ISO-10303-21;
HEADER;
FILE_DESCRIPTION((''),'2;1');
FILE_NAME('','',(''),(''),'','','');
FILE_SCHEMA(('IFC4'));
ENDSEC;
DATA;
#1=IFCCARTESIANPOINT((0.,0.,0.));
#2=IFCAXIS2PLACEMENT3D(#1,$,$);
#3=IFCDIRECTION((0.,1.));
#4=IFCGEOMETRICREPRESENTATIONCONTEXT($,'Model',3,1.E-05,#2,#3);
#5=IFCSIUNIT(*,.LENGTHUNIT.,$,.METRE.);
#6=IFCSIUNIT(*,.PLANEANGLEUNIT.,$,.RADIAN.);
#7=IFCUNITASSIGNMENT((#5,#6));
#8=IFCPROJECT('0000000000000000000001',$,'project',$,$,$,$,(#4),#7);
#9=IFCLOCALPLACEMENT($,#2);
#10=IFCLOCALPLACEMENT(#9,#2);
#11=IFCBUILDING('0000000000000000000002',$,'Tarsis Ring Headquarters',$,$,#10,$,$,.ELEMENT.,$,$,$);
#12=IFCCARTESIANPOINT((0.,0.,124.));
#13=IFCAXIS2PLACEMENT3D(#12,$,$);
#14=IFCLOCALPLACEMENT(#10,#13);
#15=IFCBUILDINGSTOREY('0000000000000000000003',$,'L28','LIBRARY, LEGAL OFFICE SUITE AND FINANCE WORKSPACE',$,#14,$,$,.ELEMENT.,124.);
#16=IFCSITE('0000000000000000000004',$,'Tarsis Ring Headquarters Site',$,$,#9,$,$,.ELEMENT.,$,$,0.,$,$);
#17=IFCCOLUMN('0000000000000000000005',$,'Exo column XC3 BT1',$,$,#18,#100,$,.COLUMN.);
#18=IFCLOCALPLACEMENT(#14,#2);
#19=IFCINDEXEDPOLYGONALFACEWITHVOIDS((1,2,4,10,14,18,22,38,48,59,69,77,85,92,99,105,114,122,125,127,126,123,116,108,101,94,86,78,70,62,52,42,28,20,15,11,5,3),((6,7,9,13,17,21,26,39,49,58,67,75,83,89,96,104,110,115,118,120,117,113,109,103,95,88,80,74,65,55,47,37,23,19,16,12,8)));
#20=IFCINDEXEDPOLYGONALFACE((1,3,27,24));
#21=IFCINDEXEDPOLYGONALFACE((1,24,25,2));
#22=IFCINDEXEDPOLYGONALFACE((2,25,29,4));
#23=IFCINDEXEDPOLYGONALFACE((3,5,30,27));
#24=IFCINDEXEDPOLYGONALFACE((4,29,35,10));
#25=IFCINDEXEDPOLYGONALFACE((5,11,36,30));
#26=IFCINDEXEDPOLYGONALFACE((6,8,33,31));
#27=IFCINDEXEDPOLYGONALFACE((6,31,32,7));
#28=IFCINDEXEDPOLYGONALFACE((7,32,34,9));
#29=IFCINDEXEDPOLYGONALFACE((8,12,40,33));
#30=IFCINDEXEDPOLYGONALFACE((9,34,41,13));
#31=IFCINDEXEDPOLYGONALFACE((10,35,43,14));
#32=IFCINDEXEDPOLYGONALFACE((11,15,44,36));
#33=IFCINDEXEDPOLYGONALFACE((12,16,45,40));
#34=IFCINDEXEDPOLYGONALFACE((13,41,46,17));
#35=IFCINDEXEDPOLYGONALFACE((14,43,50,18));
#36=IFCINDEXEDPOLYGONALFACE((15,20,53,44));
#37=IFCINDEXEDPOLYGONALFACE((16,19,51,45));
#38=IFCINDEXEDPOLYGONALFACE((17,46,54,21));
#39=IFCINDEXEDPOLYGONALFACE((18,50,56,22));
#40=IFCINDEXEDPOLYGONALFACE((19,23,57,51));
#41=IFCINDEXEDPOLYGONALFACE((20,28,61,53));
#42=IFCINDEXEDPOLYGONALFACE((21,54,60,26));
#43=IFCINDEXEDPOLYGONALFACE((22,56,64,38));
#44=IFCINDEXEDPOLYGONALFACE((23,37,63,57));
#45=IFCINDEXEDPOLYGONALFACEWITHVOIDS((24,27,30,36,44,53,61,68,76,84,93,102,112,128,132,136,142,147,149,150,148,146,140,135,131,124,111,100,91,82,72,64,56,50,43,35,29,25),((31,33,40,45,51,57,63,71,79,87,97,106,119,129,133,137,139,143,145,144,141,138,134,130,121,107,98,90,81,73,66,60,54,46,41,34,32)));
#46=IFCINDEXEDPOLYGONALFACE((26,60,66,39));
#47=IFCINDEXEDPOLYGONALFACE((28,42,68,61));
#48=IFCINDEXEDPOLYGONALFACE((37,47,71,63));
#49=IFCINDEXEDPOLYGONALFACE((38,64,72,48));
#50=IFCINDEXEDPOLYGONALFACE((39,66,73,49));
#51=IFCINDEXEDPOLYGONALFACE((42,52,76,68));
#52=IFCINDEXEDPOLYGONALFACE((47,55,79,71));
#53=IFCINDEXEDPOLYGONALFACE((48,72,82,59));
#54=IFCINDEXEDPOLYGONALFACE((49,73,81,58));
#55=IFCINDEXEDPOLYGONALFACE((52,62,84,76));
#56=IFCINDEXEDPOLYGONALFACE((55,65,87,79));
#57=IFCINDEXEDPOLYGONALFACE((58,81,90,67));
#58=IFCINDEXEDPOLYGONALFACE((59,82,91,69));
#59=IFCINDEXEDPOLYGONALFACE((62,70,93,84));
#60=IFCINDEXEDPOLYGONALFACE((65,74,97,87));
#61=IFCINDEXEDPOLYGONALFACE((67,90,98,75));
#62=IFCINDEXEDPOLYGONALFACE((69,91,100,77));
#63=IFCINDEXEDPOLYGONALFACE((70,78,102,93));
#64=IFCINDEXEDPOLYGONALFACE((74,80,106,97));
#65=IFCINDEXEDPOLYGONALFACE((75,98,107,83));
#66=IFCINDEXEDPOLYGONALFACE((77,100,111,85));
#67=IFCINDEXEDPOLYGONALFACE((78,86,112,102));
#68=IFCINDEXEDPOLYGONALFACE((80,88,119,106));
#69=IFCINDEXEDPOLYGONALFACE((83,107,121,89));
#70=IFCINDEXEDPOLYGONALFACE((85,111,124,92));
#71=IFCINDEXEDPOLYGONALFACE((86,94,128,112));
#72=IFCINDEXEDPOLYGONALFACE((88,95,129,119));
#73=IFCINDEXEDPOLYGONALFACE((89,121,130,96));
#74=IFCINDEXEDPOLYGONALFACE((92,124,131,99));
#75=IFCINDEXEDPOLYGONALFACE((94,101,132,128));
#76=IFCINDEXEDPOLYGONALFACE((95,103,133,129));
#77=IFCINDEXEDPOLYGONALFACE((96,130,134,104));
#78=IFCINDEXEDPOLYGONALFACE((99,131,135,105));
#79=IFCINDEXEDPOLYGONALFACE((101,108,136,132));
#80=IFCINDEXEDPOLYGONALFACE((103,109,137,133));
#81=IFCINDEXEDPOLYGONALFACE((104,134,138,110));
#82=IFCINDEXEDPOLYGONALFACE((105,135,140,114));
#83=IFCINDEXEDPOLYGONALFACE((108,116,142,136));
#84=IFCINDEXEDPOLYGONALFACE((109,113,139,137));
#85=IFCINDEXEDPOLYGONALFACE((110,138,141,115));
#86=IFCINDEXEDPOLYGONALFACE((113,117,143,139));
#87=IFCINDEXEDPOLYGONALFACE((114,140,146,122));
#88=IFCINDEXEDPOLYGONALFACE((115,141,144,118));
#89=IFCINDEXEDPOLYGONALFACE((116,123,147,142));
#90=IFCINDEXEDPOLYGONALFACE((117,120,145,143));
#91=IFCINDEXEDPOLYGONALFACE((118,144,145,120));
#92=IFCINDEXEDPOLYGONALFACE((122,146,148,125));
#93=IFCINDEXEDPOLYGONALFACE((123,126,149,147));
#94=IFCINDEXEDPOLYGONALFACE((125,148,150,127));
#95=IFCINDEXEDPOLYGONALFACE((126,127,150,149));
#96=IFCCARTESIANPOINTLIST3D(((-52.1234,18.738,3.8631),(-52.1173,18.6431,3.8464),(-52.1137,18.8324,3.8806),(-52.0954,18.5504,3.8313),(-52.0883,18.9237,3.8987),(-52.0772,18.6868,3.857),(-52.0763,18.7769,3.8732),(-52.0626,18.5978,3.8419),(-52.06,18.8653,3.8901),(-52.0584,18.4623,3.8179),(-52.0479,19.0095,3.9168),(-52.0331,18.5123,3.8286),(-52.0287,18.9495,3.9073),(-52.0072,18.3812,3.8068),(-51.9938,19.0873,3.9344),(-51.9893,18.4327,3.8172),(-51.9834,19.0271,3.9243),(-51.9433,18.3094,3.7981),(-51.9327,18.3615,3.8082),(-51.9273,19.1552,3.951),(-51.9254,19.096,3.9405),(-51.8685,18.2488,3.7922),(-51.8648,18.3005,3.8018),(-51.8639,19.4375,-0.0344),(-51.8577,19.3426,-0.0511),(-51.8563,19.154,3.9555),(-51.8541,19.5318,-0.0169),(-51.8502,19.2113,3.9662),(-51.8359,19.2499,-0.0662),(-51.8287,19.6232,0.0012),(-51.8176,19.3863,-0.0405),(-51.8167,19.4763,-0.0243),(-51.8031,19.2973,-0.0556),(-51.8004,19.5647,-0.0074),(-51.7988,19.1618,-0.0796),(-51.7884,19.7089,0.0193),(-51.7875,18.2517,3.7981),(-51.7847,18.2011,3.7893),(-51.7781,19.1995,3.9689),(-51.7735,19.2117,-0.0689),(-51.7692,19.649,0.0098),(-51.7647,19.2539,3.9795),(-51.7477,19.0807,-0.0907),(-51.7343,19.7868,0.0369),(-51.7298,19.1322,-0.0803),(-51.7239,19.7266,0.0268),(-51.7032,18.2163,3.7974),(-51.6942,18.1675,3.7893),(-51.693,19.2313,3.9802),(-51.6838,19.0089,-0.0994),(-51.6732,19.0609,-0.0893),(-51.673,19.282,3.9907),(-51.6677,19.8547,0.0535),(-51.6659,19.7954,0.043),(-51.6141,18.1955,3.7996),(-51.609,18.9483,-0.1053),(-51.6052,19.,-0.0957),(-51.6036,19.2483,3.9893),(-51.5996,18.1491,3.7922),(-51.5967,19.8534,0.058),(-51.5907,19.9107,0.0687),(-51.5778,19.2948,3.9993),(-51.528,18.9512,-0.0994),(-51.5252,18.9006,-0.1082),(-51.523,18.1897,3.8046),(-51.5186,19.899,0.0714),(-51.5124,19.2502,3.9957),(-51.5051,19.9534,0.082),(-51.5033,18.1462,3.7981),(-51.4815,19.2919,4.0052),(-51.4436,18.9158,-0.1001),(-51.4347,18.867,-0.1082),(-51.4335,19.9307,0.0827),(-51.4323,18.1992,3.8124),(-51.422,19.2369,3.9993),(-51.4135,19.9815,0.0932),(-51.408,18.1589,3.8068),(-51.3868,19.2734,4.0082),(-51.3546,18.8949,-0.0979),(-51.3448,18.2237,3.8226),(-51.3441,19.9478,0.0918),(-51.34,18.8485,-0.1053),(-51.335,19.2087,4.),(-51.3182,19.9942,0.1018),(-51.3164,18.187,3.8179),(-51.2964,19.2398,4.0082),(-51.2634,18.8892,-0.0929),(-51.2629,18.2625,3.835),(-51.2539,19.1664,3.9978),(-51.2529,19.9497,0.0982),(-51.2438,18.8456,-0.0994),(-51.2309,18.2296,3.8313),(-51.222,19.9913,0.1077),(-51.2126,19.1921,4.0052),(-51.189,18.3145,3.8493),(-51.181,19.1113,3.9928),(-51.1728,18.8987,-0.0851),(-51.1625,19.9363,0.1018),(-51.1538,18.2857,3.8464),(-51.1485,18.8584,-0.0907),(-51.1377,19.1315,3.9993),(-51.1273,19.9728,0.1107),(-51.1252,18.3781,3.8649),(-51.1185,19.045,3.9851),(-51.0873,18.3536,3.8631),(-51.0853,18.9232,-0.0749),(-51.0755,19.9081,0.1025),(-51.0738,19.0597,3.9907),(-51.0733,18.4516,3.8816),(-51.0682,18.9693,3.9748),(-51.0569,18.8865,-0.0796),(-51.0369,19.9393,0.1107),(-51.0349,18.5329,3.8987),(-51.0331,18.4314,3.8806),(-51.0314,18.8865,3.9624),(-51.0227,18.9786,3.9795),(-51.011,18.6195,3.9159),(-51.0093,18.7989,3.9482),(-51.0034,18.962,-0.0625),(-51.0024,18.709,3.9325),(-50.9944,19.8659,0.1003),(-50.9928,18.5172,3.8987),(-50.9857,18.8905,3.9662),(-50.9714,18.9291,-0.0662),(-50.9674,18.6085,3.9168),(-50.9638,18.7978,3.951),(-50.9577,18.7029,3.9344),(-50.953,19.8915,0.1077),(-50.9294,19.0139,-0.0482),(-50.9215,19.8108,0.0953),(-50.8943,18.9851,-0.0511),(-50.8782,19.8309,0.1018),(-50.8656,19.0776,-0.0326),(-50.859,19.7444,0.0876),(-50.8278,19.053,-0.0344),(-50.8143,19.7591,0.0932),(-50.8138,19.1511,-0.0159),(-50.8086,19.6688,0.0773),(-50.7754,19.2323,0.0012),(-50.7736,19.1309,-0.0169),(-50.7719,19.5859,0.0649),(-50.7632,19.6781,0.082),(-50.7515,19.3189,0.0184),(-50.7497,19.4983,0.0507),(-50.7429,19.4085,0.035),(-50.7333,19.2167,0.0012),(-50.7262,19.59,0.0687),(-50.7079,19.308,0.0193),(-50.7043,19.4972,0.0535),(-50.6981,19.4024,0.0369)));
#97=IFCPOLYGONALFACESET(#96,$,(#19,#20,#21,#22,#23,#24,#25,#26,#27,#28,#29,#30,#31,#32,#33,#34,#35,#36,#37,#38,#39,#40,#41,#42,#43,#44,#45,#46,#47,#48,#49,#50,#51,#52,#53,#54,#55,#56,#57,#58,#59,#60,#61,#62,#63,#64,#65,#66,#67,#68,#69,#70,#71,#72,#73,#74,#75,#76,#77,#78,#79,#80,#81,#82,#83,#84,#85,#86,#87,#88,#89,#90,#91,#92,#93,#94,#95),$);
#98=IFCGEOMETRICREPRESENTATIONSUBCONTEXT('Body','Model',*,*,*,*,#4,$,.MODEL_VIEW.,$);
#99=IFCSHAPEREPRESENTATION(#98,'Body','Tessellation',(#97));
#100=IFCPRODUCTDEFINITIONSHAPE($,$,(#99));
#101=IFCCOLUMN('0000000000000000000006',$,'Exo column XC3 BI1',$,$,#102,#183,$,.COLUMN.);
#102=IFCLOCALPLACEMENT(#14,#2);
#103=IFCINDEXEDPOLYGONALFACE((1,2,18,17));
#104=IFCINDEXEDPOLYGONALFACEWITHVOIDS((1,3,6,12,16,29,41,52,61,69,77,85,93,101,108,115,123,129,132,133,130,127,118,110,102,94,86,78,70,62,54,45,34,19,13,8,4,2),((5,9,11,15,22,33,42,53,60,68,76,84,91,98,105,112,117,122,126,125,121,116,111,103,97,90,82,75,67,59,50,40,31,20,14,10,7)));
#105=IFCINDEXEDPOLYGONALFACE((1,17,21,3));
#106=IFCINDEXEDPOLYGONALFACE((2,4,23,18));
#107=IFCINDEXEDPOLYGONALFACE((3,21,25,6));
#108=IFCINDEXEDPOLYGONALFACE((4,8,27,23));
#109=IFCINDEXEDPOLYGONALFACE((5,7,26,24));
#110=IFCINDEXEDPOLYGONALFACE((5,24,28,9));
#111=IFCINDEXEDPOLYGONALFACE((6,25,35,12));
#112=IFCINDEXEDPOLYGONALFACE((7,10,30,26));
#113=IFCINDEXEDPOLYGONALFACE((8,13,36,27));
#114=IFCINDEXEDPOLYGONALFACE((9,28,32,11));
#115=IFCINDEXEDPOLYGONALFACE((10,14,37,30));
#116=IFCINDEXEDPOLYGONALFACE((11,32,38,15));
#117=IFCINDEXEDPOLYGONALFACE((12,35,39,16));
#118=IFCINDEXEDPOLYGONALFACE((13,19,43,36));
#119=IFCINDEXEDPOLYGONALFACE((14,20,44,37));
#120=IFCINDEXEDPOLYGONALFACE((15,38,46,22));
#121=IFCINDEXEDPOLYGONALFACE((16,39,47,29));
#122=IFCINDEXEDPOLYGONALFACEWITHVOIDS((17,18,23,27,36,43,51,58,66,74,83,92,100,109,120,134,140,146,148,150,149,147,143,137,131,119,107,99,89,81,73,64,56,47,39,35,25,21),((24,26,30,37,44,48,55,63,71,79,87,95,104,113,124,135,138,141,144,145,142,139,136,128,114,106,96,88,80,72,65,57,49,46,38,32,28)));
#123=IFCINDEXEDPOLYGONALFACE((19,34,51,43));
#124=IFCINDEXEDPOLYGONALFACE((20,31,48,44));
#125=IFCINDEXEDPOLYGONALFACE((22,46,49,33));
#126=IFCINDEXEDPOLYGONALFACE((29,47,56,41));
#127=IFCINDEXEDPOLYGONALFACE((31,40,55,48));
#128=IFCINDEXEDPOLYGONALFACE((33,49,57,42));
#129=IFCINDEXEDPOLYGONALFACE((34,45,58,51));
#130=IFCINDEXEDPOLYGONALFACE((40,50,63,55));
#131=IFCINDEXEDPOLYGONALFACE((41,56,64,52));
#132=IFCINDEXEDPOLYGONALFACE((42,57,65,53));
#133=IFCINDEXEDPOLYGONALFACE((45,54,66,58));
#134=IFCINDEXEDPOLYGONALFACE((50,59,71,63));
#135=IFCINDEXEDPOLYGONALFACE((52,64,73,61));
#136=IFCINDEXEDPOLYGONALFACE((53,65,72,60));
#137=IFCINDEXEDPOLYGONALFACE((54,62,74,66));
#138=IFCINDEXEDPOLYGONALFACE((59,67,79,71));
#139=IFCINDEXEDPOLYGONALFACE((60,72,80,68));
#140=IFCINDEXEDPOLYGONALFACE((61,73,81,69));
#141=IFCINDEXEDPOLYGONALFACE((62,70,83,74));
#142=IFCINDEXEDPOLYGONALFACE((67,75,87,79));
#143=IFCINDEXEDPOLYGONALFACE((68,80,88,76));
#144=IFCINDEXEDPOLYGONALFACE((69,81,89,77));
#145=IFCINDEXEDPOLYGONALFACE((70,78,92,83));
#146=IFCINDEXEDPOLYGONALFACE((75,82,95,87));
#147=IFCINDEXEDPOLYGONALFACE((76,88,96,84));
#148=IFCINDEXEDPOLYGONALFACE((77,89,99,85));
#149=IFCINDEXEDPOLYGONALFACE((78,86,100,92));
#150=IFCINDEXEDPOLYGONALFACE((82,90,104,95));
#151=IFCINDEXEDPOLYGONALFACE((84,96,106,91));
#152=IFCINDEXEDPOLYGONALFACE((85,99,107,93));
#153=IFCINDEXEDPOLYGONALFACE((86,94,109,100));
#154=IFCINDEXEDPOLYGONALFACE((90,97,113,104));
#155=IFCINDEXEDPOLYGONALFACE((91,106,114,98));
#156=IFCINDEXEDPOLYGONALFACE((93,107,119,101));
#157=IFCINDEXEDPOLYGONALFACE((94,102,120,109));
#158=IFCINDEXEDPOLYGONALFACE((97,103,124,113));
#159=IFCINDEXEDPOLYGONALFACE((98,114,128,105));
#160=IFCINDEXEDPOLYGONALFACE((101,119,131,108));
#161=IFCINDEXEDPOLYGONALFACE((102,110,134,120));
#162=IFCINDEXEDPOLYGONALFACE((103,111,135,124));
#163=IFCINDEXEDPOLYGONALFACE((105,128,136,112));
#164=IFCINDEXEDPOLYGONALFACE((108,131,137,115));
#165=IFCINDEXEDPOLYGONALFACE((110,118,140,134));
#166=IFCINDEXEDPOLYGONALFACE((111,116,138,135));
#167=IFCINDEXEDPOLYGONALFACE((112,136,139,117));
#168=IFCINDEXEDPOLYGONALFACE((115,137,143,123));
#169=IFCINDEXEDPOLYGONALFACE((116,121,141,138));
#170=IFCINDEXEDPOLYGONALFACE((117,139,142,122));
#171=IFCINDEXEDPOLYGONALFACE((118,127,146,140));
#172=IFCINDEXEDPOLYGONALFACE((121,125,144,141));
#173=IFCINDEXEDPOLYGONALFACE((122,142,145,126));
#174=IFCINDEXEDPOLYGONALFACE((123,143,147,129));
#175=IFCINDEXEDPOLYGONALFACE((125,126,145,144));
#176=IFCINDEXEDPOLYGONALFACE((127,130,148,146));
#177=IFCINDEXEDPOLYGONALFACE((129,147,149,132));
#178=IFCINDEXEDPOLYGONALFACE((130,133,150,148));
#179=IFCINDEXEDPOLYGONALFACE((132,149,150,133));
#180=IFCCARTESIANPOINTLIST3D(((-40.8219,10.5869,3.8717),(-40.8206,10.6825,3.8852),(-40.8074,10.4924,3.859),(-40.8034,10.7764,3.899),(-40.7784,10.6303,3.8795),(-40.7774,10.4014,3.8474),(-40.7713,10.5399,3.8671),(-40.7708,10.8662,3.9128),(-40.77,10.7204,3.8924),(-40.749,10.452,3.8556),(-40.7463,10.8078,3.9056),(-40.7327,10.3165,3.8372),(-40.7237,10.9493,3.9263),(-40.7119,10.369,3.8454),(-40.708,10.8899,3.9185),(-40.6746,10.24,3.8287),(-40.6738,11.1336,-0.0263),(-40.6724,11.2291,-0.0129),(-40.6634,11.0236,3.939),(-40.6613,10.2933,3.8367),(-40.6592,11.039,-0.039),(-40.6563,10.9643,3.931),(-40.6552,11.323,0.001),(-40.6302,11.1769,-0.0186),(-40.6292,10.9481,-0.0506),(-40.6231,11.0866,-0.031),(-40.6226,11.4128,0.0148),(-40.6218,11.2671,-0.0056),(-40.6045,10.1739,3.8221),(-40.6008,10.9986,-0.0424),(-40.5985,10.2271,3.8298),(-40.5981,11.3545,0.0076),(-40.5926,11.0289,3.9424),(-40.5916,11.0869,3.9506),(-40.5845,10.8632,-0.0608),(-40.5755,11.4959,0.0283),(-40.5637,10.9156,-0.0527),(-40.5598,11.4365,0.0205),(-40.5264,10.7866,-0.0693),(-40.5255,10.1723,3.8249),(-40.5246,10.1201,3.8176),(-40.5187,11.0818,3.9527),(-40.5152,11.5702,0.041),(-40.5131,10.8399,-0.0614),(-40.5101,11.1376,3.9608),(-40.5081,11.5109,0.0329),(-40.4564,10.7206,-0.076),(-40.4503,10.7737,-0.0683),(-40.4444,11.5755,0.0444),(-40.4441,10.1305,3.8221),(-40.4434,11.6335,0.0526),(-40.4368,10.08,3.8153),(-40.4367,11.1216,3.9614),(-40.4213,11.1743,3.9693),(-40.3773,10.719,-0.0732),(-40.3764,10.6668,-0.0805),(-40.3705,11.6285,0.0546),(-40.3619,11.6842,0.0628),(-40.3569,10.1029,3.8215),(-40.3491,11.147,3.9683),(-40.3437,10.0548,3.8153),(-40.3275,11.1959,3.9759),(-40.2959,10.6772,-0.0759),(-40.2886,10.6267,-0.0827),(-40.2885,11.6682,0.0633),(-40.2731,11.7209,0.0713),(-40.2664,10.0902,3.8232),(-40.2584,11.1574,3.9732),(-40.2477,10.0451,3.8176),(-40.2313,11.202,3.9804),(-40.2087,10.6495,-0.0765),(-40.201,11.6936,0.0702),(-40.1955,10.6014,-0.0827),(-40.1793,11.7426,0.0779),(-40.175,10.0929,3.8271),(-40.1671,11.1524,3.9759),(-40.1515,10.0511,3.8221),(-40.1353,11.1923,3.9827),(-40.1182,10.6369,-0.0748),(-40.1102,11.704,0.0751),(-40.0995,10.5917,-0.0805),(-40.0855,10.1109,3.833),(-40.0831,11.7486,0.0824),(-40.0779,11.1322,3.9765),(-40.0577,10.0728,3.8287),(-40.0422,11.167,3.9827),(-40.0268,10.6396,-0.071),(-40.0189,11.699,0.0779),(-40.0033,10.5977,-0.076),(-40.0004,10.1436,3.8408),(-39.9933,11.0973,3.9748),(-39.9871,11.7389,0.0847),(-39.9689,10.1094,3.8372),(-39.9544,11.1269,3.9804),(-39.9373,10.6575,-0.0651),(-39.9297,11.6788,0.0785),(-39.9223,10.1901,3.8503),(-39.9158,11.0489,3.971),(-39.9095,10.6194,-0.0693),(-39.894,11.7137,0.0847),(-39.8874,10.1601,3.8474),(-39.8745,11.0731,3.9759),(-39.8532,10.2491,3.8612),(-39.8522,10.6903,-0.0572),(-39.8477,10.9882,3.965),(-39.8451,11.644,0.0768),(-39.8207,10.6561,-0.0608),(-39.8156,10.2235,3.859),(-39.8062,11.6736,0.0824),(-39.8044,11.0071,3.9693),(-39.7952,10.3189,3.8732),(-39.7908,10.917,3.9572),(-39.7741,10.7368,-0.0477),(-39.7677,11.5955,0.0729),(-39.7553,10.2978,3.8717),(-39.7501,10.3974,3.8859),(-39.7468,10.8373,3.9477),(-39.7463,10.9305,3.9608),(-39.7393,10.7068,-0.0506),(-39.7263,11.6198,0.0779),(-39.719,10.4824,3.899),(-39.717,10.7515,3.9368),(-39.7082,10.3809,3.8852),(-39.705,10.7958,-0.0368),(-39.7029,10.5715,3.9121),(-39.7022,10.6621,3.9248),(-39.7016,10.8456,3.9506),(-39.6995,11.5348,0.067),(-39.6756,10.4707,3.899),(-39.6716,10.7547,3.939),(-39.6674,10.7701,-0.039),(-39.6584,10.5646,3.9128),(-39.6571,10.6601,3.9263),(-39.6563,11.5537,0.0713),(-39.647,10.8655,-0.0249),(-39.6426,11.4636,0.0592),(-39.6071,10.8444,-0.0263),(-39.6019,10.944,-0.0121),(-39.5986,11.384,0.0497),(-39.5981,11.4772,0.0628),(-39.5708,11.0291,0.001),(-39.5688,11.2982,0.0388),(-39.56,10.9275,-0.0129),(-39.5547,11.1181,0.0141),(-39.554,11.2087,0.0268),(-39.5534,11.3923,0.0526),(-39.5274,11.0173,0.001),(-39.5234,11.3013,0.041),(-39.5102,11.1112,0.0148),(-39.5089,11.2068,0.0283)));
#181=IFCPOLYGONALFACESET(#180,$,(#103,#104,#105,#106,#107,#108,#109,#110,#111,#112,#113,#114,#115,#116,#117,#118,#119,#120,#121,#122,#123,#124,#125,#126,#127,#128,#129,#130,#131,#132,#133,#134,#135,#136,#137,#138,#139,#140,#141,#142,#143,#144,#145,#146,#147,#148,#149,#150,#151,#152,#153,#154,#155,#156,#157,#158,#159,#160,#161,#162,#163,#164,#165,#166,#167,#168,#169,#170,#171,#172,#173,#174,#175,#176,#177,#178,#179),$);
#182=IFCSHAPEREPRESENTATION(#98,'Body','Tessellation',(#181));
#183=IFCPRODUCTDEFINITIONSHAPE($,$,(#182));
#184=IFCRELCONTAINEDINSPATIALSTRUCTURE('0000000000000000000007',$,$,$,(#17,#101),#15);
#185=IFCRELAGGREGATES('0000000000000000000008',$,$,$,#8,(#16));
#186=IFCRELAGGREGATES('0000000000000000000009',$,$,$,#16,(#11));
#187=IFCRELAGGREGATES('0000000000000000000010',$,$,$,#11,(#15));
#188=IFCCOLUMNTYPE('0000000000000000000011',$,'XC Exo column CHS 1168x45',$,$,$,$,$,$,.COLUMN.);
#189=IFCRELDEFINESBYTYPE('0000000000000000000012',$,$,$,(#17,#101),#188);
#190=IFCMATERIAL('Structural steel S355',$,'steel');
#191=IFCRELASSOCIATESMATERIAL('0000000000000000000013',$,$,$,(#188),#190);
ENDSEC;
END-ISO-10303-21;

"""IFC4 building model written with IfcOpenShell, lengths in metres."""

from ifc_helpers import new_model, si_unit, direction, frame, origin, origin_2d, place, context, subcontext, project, spatial, hollow_circle, extrude, material, material_profile, profile_set, type_object, element, save


model = new_model("IFC4")

# Units and contexts
model_context = context("Model", 3, precision=1e-05, world=origin(), true_north=direction((0.0, 1.0)))
body_context = subcontext(model_context, "Body", "Model", "MODEL_VIEW")
ifc_project = project(units=[si_unit("LENGTHUNIT", "METRE"), si_unit("PLANEANGLEUNIT", "RADIAN")], contexts=[model_context])

# Site, building, storey
site_placement = place(None, origin())
site = spatial("IfcSite", under=ifc_project, at=site_placement, Name="Tarsis Ring Headquarters Site", CompositionType="ELEMENT", RefElevation=0.0)
building_placement = place(site_placement, origin())
building = spatial("IfcBuilding", under=site, at=building_placement, Name="Tarsis Ring Headquarters", CompositionType="ELEMENT")
storey_placement = place(building_placement, frame((0.0, 0.0, 124.0)))
storey = spatial("IfcBuildingStorey", under=building, at=storey_placement, Name="L28", Description="LIBRARY, LEGAL OFFICE SUITE AND FINANCE WORKSPACE", CompositionType="ELEMENT", Elevation=124.0)

# Columns
ifc_material_1 = material(Name="Structural steel S355", Category="steel")
ifc_material_profile_1 = material_profile(ifc_material_1, hollow_circle(Radius=0.5842, WallThickness=0.0449, at=origin_2d()), Name="CHS 1168x45")
ifc_profile_set_1 = profile_set([ifc_material_profile_1], Name="Structural steel S355")
column_type = type_object("IfcColumnType", Name="XC Exo column CHS 1168x45", PredefinedType="COLUMN", material=ifc_profile_set_1)
column_1_placement = place(storey_placement, frame((-51.281, 19.4199, 0.0012), z_axis=(-0.0654, -0.176266, 0.982168), x_axis=(0.937547, -0.347858, 0.0)))
element("IfcColumn", 1, at=column_1_placement, inside=storey, type_object=column_type, Name="Exo column XC3 BT1", PredefinedType="COLUMN", context=body_context, shape_type="SweptSolid", body=[
    extrude(hollow_circle(Radius=0.5842, WallThickness=0.0449, at=origin_2d()), origin(), (0.0, 0.0, 1.0), 3.9683),
])
column_2_placement = place(storey_placement, frame((-40.0913, 11.1702, 0.001), z_axis=(-0.037623, -0.138778, 0.989609), x_axis=(0.965161, -0.261658, 0.0)))
element("IfcColumn", 2, at=column_2_placement, inside=storey, type_object=column_type, Name="Exo column XC3 BI1", PredefinedType="COLUMN", context=body_context, shape_type="SweptSolid", body=[
    extrude(hollow_circle(Radius=0.5842, WallThickness=0.0449, at=origin_2d()), origin(), (0.0, 0.0, 1.0), 3.939),
])

save(model, "model.ifc")
